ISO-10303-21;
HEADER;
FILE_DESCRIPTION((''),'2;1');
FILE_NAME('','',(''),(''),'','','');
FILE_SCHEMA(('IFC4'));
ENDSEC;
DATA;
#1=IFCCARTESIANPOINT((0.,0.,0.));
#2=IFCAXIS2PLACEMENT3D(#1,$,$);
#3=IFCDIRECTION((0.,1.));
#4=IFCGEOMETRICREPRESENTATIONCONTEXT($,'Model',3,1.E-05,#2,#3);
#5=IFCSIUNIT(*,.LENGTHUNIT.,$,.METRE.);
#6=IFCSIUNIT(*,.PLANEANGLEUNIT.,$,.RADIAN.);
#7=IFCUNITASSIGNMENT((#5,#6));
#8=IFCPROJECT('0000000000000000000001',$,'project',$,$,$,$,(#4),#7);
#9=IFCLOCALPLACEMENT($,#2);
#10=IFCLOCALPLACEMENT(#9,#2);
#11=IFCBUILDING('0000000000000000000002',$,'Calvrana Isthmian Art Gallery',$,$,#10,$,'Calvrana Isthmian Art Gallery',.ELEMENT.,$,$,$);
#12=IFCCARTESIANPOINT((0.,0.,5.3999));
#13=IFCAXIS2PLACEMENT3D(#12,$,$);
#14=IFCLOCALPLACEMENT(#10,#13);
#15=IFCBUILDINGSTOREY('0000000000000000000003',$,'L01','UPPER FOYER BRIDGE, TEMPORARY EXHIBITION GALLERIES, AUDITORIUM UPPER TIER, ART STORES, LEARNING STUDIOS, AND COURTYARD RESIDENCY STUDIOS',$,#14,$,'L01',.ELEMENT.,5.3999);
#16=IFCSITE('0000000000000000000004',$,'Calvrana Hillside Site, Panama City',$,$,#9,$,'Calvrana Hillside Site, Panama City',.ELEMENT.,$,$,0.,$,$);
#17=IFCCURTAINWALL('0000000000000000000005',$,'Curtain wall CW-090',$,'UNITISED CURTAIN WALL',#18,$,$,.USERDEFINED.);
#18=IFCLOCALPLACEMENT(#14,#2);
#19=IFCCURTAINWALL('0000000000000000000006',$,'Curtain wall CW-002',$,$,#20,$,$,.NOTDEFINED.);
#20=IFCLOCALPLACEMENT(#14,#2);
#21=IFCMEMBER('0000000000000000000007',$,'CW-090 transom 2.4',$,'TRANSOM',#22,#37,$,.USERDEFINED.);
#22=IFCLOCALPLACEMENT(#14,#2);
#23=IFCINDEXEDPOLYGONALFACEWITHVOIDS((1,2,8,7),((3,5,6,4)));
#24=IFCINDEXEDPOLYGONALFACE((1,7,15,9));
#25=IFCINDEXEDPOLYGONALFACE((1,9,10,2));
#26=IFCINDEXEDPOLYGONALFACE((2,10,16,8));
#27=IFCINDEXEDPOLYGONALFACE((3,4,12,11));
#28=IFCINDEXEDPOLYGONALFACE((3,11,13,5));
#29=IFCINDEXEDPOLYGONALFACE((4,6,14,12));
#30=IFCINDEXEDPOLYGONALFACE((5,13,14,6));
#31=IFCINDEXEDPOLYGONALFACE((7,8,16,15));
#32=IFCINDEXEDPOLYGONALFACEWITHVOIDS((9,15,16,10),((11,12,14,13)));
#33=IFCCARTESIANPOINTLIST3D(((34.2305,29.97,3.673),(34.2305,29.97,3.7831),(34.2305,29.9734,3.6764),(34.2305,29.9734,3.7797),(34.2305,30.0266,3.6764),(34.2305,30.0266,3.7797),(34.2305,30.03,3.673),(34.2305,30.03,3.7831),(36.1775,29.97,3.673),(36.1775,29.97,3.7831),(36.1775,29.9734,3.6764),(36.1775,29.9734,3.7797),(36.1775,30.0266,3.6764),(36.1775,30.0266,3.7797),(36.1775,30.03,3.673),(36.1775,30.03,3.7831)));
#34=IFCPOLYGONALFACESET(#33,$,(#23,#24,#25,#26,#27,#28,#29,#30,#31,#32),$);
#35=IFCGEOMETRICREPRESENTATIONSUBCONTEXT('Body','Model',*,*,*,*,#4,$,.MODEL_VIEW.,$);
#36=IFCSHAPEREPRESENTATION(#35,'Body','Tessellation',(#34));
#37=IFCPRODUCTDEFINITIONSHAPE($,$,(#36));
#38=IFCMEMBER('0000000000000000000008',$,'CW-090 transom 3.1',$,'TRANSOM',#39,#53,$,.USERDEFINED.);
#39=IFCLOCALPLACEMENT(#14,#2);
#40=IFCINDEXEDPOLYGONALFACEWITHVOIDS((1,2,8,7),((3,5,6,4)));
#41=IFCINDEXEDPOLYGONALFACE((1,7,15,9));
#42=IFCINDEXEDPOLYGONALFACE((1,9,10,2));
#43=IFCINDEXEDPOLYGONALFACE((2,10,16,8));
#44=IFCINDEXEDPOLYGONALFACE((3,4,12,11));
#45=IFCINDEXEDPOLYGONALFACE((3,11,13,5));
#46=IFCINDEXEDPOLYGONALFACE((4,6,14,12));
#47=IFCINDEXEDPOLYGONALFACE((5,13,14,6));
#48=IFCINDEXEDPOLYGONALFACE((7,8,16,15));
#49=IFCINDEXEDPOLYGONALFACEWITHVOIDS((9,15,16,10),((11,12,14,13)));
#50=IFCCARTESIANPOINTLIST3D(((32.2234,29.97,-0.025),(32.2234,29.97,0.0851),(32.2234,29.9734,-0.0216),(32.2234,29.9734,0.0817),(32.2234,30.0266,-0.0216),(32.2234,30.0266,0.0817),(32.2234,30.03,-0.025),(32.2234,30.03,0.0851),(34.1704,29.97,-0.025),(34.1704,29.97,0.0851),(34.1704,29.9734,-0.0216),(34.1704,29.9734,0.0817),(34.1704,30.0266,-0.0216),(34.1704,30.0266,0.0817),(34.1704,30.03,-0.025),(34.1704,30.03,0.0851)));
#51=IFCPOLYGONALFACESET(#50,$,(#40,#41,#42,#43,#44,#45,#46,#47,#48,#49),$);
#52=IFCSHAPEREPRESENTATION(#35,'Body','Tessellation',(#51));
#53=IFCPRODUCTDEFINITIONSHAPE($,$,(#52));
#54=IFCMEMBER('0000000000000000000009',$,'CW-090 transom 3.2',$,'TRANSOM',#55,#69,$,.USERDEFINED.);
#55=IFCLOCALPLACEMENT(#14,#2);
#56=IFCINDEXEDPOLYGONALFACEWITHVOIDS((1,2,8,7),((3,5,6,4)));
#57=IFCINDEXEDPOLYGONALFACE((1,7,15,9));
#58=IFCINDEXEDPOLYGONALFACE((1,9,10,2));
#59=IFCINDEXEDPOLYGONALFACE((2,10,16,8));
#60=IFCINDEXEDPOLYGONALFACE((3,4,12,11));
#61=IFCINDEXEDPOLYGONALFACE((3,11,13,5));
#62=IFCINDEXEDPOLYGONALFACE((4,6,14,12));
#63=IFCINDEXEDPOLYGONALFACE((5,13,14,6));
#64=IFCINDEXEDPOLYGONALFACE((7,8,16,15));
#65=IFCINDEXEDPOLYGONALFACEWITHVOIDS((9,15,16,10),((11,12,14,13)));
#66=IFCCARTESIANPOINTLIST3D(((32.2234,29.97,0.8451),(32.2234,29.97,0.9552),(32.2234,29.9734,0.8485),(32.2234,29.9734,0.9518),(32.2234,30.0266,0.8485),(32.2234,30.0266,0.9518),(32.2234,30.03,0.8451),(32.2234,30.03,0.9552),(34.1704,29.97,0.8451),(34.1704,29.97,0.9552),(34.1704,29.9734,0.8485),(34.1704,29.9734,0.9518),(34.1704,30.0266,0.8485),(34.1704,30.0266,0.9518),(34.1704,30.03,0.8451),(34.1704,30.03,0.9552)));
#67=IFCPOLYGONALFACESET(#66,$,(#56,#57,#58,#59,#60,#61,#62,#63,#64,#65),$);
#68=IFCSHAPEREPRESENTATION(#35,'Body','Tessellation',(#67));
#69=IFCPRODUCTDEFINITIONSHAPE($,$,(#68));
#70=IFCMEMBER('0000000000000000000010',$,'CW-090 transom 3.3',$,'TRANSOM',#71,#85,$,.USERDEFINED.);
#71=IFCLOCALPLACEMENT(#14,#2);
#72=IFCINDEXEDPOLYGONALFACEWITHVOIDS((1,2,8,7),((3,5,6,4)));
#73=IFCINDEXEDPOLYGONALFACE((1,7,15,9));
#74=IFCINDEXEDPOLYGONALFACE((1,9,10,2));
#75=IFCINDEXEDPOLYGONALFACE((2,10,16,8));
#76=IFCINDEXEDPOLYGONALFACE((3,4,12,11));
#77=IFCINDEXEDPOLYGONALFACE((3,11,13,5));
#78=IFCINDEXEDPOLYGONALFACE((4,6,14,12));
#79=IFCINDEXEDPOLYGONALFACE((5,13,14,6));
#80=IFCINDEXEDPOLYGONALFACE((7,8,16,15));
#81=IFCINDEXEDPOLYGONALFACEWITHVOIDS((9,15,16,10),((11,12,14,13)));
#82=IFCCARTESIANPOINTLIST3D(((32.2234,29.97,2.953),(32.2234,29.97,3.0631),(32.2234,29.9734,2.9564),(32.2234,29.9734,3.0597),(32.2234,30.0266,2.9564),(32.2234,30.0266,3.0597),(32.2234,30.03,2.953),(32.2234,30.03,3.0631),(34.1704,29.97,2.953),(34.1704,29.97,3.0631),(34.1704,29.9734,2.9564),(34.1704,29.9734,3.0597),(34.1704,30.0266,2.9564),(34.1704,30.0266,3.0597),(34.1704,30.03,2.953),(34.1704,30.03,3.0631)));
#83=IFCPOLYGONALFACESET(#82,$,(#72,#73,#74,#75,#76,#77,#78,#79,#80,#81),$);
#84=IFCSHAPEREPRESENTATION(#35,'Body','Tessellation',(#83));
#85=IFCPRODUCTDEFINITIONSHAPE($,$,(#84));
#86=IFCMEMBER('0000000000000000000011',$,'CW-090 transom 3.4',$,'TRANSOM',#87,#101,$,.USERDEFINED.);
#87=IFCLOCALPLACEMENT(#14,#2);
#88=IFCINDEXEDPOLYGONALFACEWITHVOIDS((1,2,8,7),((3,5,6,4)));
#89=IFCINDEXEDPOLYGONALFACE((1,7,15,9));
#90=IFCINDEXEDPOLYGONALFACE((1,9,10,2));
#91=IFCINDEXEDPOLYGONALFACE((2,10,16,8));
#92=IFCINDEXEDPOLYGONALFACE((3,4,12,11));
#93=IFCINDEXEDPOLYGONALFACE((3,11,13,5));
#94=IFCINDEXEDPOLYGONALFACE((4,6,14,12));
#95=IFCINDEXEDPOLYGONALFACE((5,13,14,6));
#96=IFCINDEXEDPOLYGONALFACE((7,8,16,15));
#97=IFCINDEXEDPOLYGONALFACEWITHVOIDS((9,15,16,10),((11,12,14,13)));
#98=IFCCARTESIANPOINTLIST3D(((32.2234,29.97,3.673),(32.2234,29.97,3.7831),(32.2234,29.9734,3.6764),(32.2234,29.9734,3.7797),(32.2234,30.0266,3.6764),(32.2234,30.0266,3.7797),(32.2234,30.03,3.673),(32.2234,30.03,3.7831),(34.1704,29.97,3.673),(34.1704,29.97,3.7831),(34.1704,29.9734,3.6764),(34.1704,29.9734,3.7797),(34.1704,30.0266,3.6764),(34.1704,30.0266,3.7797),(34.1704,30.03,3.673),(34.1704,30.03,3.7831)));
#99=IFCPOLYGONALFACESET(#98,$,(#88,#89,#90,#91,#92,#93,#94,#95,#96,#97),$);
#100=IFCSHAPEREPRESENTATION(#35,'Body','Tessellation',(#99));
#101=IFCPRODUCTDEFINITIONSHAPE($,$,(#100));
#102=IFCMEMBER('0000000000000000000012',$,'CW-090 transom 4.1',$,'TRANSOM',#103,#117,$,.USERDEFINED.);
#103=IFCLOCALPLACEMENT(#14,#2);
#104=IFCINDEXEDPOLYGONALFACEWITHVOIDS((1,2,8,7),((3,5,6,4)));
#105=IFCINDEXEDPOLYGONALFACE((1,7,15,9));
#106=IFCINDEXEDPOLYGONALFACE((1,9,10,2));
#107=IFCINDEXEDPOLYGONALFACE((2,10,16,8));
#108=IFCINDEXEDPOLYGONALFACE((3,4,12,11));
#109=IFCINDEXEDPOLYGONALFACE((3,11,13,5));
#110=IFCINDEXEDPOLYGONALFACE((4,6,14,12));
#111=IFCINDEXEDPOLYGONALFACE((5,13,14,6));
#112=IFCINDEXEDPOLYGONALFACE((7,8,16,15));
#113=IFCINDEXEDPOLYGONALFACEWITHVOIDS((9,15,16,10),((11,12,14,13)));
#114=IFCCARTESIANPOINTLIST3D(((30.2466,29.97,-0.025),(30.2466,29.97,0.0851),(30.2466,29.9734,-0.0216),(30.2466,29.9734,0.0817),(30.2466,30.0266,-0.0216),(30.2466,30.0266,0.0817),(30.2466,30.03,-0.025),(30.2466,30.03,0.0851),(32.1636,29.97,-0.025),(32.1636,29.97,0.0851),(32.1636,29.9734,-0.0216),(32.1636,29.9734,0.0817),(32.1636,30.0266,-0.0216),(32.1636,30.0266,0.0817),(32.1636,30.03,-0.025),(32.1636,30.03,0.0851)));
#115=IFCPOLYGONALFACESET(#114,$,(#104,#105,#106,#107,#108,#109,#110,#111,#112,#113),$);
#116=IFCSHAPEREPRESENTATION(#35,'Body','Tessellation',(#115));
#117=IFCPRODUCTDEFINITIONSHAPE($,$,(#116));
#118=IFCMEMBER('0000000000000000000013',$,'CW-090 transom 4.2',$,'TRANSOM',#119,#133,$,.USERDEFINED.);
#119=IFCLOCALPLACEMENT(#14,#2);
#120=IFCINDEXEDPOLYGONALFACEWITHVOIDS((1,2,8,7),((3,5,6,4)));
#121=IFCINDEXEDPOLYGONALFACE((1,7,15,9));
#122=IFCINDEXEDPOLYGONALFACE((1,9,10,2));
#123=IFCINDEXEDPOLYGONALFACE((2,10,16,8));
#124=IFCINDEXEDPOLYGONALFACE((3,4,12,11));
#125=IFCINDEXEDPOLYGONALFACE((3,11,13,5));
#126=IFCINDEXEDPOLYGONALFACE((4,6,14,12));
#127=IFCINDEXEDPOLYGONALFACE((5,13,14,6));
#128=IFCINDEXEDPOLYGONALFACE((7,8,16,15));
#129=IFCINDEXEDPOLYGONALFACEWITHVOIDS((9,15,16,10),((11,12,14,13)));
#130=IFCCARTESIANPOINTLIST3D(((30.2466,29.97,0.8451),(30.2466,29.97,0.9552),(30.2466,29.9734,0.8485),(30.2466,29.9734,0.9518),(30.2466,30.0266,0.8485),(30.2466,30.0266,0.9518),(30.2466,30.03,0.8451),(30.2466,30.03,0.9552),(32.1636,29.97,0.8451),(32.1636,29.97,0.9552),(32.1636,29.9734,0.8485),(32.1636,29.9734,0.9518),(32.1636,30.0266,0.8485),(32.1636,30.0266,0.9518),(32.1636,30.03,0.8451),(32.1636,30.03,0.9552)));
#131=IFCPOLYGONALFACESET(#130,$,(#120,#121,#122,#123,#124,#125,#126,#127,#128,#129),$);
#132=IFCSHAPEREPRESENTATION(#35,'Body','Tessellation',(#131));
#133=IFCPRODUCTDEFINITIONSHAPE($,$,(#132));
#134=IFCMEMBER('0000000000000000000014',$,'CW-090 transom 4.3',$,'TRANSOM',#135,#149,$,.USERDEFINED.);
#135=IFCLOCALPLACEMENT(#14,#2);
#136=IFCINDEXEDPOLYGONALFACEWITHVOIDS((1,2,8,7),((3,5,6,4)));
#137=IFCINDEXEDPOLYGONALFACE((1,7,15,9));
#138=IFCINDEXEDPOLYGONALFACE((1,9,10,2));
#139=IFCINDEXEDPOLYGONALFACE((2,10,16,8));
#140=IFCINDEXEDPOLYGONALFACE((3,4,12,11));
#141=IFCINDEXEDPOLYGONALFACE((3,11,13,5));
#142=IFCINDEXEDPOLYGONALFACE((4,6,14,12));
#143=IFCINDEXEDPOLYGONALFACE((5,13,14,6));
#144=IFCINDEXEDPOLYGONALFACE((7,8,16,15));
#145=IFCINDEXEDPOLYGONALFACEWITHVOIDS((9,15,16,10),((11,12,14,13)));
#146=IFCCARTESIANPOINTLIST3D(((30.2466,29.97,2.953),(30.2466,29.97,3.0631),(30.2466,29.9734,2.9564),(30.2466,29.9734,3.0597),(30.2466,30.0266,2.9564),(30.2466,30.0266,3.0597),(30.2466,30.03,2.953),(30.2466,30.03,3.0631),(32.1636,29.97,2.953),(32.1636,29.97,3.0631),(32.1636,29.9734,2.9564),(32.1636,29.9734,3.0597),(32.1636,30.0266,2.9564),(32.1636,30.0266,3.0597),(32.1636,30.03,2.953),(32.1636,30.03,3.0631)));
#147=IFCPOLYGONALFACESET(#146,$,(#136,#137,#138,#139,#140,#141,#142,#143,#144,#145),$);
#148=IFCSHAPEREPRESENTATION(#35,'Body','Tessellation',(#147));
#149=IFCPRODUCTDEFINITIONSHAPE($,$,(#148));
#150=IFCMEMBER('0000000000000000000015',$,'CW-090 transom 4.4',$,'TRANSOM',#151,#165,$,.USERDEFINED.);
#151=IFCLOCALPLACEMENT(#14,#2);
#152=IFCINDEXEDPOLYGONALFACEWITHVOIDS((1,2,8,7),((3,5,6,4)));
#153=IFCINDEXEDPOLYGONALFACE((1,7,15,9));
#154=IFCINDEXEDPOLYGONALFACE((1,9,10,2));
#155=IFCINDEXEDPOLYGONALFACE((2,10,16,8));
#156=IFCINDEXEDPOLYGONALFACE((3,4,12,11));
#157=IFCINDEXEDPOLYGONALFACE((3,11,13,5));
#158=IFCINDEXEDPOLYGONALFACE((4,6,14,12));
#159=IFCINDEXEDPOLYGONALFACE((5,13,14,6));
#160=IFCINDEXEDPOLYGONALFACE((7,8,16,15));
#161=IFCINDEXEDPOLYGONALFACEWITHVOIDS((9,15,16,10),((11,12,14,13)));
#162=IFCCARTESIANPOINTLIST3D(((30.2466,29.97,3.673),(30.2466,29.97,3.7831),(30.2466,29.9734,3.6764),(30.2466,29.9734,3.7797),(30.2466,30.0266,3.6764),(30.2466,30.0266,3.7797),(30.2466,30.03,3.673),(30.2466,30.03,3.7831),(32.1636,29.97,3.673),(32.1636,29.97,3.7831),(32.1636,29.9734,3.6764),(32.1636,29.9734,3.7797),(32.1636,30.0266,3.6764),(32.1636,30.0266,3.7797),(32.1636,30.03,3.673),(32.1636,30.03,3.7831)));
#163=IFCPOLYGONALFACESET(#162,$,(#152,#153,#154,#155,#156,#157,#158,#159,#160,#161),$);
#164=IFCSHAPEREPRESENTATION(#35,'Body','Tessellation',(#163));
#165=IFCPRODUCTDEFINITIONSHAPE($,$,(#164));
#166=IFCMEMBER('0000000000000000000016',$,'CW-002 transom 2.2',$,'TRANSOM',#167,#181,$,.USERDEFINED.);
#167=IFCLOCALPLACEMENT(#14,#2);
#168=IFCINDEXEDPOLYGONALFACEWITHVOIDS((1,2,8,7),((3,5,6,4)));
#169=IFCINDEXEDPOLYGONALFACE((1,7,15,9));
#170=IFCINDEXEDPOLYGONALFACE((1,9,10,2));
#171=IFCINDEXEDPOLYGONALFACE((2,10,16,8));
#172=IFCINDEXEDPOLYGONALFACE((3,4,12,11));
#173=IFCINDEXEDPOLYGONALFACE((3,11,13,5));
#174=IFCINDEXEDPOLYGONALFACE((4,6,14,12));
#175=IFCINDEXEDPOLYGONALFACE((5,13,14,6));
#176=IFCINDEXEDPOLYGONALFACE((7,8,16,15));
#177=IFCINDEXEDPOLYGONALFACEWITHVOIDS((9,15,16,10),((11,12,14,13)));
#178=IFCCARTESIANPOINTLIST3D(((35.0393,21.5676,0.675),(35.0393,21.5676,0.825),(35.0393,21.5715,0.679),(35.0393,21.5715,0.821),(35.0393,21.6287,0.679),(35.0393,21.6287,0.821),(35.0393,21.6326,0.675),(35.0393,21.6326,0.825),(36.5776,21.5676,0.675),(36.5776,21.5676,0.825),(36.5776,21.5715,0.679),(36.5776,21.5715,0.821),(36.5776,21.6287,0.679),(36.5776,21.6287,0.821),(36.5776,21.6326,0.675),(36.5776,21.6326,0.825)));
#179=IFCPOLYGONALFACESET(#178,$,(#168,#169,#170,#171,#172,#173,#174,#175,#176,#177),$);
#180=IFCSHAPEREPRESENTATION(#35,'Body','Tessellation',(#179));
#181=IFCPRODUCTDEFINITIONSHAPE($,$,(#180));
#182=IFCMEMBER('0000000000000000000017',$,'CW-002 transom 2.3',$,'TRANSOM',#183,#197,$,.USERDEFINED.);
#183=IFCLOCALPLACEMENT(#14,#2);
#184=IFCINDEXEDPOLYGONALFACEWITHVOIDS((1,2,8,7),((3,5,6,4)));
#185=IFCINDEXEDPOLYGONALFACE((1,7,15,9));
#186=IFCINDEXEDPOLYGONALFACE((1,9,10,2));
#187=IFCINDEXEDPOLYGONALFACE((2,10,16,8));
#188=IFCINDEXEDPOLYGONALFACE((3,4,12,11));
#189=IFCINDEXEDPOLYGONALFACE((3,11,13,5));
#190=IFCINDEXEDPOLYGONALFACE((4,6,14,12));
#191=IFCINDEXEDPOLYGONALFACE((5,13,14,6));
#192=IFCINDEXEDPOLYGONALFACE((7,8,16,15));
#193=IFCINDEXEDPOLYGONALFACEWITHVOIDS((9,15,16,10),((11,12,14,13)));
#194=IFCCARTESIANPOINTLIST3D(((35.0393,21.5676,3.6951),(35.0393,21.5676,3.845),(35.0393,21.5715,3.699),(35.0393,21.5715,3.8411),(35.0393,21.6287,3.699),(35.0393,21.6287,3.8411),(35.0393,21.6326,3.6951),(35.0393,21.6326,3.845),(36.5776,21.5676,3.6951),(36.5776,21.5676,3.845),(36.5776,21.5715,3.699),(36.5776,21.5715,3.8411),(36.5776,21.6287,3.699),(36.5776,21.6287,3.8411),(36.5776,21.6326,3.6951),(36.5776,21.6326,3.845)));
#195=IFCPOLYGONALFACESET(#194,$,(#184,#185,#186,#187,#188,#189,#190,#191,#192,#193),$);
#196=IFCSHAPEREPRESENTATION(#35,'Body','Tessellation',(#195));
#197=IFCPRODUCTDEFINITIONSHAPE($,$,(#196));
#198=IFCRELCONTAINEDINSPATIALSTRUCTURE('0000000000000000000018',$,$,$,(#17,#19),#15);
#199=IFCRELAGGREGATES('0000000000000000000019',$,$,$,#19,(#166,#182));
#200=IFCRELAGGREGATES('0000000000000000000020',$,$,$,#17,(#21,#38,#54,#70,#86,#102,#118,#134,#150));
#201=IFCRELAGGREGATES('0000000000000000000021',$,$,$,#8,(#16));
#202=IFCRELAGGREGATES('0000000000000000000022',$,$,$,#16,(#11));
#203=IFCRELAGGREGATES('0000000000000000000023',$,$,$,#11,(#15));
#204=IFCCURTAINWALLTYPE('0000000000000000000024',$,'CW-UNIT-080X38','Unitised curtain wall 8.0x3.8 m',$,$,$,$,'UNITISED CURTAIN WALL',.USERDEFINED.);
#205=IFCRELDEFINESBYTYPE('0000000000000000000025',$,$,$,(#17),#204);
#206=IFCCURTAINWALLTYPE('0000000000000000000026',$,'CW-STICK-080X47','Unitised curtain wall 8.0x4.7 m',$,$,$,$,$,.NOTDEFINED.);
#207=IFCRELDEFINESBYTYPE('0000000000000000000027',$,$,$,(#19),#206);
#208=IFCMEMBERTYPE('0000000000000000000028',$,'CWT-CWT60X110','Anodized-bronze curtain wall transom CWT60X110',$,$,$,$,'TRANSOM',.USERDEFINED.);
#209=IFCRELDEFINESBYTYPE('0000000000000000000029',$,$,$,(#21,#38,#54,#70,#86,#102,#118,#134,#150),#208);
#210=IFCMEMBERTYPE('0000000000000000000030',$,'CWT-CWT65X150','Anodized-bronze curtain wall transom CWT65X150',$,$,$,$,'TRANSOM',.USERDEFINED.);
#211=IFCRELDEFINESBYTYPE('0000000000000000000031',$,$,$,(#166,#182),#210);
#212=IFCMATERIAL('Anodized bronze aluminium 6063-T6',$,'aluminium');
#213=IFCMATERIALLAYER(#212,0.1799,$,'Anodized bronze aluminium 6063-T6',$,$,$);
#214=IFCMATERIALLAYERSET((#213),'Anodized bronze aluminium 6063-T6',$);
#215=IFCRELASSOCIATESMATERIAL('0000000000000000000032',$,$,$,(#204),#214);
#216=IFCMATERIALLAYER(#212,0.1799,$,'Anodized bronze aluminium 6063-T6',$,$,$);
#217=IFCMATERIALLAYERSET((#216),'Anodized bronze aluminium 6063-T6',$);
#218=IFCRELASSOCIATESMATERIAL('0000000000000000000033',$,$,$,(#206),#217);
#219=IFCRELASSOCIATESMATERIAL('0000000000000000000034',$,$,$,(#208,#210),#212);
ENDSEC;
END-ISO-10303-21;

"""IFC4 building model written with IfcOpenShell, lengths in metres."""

from ifc_helpers import new_model, si_unit, direction, frame, origin, origin_2d, place, context, subcontext, project, spatial, hollow_rectangle, extrude, material, layer, layer_set, material_profile, profile_set, type_object, element, aggregate, save


model = new_model("IFC4")

# Units and contexts
model_context = context("Model", 3, precision=1e-05, world=origin(), true_north=direction((0.0, 1.0)))
body_context = subcontext(model_context, "Body", "Model", "MODEL_VIEW")
ifc_project = project(units=[si_unit("LENGTHUNIT", "METRE"), si_unit("PLANEANGLEUNIT", "RADIAN")], contexts=[model_context])

# Site, building, storey
site_placement = place(None, origin())
site = spatial("IfcSite", under=ifc_project, at=site_placement, Name="Calvrana Hillside Site, Panama City", LongName="Calvrana Hillside Site, Panama City", CompositionType="ELEMENT", RefElevation=0.0)
building_placement = place(site_placement, origin())
building = spatial("IfcBuilding", under=site, at=building_placement, Name="Calvrana Isthmian Art Gallery", LongName="Calvrana Isthmian Art Gallery", CompositionType="ELEMENT")
storey_placement = place(building_placement, frame((0.0, 0.0, 5.3999)))
storey = spatial("IfcBuildingStorey", under=building, at=storey_placement, Name="L01", Description="UPPER FOYER BRIDGE, TEMPORARY EXHIBITION GALLERIES, AUDITORIUM UPPER TIER, ART STORES, LEARNING STUDIOS, AND COURTYARD RESIDENCY STUDIOS", LongName="L01", CompositionType="ELEMENT", Elevation=5.3999)

# Curtain wall
ifc_material_1 = material(Name="Anodized bronze aluminium 6063-T6", Category="aluminium")
ifc_layer_1 = layer(ifc_material_1, 0.1799, Name="Anodized bronze aluminium 6063-T6")
ifc_layer_set_1 = layer_set([ifc_layer_1], Name="Anodized bronze aluminium 6063-T6")
curtain_wall_type_1 = type_object("IfcCurtainWallType", Name="CW-UNIT-080X38", Description="Unitised curtain wall 8.0x3.8 m", ElementType="UNITISED CURTAIN WALL", PredefinedType="USERDEFINED", material=ifc_layer_set_1)
curtain_wall_1_placement = place(storey_placement, origin())
curtain_wall_1 = element("IfcCurtainWall", 1, at=curtain_wall_1_placement, inside=storey, type_object=curtain_wall_type_1, Name="Curtain wall CW-090", ObjectType="UNITISED CURTAIN WALL", PredefinedType="USERDEFINED")

# Curtain wall
ifc_layer_2 = layer(ifc_material_1, 0.1799, Name="Anodized bronze aluminium 6063-T6")
ifc_layer_set_2 = layer_set([ifc_layer_2], Name="Anodized bronze aluminium 6063-T6")
curtain_wall_type_2 = type_object("IfcCurtainWallType", Name="CW-STICK-080X47", Description="Unitised curtain wall 8.0x4.7 m", PredefinedType="NOTDEFINED", material=ifc_layer_set_2)
curtain_wall_2_placement = place(storey_placement, origin())
curtain_wall_2 = element("IfcCurtainWall", 2, at=curtain_wall_2_placement, inside=storey, type_object=curtain_wall_type_2, Name="Curtain wall CW-002", PredefinedType="NOTDEFINED")

# Members
ifc_material_profile_1 = material_profile(ifc_material_1, hollow_rectangle(XDim=0.0601, YDim=0.1101, WallThickness=0.0034, at=origin_2d()), Name="CWT60X110")
ifc_profile_set_1 = profile_set([ifc_material_profile_1], Name="Anodized bronze aluminium 6063-T6")
member_type_1 = type_object("IfcMemberType", Name="CWT-CWT60X110", Description="Anodized-bronze curtain wall transom CWT60X110", ElementType="TRANSOM", PredefinedType="USERDEFINED", material=ifc_profile_set_1)
member_1_placement = place(storey_placement, frame((36.1775, 30.0, 3.728), z_axis=(-1.0, 0.0, 0.0), x_axis=(0.0, -1.0, 0.0)))
member_1 = element("IfcMember", 3, at=member_1_placement, type_object=member_type_1, Name="CW-090 transom 2.4", ObjectType="TRANSOM", PredefinedType="USERDEFINED", context=body_context, shape_type="SweptSolid", body=[
    extrude(hollow_rectangle(XDim=0.0601, YDim=0.1101, WallThickness=0.0034, at=origin_2d()), origin(), (0.0, 0.0, 1.0), 1.947),
])
member_2_placement = place(storey_placement, frame((34.1704, 30.0, 0.03), z_axis=(-1.0, 0.0, 0.0), x_axis=(0.0, -1.0, 0.0)))
member_2 = element("IfcMember", 4, at=member_2_placement, type_object=member_type_1, Name="CW-090 transom 3.1", ObjectType="TRANSOM", PredefinedType="USERDEFINED", context=body_context, shape_type="SweptSolid", body=[
    extrude(hollow_rectangle(XDim=0.0601, YDim=0.1101, WallThickness=0.0034, at=origin_2d()), origin(), (0.0, 0.0, 1.0), 1.947),
])
member_3_placement = place(storey_placement, frame((34.1704, 30.0, 0.9001), z_axis=(-1.0, 0.0, 0.0), x_axis=(0.0, -1.0, 0.0)))
member_3 = element("IfcMember", 5, at=member_3_placement, type_object=member_type_1, Name="CW-090 transom 3.2", ObjectType="TRANSOM", PredefinedType="USERDEFINED", context=body_context, shape_type="SweptSolid", body=[
    extrude(hollow_rectangle(XDim=0.0601, YDim=0.1101, WallThickness=0.0034, at=origin_2d()), origin(), (0.0, 0.0, 1.0), 1.947),
])
member_4_placement = place(storey_placement, frame((34.1704, 30.0, 3.0081), z_axis=(-1.0, 0.0, 0.0), x_axis=(0.0, -1.0, 0.0)))
member_4 = element("IfcMember", 6, at=member_4_placement, type_object=member_type_1, Name="CW-090 transom 3.3", ObjectType="TRANSOM", PredefinedType="USERDEFINED", context=body_context, shape_type="SweptSolid", body=[
    extrude(hollow_rectangle(XDim=0.0601, YDim=0.1101, WallThickness=0.0034, at=origin_2d()), origin(), (0.0, 0.0, 1.0), 1.947),
])
member_5_placement = place(storey_placement, frame((34.1704, 30.0, 3.728), z_axis=(-1.0, 0.0, 0.0), x_axis=(0.0, -1.0, 0.0)))
member_5 = element("IfcMember", 7, at=member_5_placement, type_object=member_type_1, Name="CW-090 transom 3.4", ObjectType="TRANSOM", PredefinedType="USERDEFINED", context=body_context, shape_type="SweptSolid", body=[
    extrude(hollow_rectangle(XDim=0.0601, YDim=0.1101, WallThickness=0.0034, at=origin_2d()), origin(), (0.0, 0.0, 1.0), 1.947),
])
member_6_placement = place(storey_placement, frame((32.1636, 30.0, 0.03), z_axis=(-1.0, 0.0, 0.0), x_axis=(0.0, -1.0, 0.0)))
member_6 = element("IfcMember", 8, at=member_6_placement, type_object=member_type_1, Name="CW-090 transom 4.1", ObjectType="TRANSOM", PredefinedType="USERDEFINED", context=body_context, shape_type="SweptSolid", body=[
    extrude(hollow_rectangle(XDim=0.0601, YDim=0.1101, WallThickness=0.0034, at=origin_2d()), origin(), (0.0, 0.0, 1.0), 1.917),
])
member_7_placement = place(storey_placement, frame((32.1636, 30.0, 0.9001), z_axis=(-1.0, 0.0, 0.0), x_axis=(0.0, -1.0, 0.0)))
member_7 = element("IfcMember", 9, at=member_7_placement, type_object=member_type_1, Name="CW-090 transom 4.2", ObjectType="TRANSOM", PredefinedType="USERDEFINED", context=body_context, shape_type="SweptSolid", body=[
    extrude(hollow_rectangle(XDim=0.0601, YDim=0.1101, WallThickness=0.0034, at=origin_2d()), origin(), (0.0, 0.0, 1.0), 1.917),
])
member_8_placement = place(storey_placement, frame((32.1636, 30.0, 3.0081), z_axis=(-1.0, 0.0, 0.0), x_axis=(0.0, -1.0, 0.0)))
member_8 = element("IfcMember", 10, at=member_8_placement, type_object=member_type_1, Name="CW-090 transom 4.3", ObjectType="TRANSOM", PredefinedType="USERDEFINED", context=body_context, shape_type="SweptSolid", body=[
    extrude(hollow_rectangle(XDim=0.0601, YDim=0.1101, WallThickness=0.0034, at=origin_2d()), origin(), (0.0, 0.0, 1.0), 1.917),
])
member_9_placement = place(storey_placement, frame((32.1636, 30.0, 3.728), z_axis=(-1.0, 0.0, 0.0), x_axis=(0.0, -1.0, 0.0)))
member_9 = element("IfcMember", 11, at=member_9_placement, type_object=member_type_1, Name="CW-090 transom 4.4", ObjectType="TRANSOM", PredefinedType="USERDEFINED", context=body_context, shape_type="SweptSolid", body=[
    extrude(hollow_rectangle(XDim=0.0601, YDim=0.1101, WallThickness=0.0034, at=origin_2d()), origin(), (0.0, 0.0, 1.0), 1.917),
])
ifc_material_profile_2 = material_profile(ifc_material_1, hollow_rectangle(XDim=0.0649, YDim=0.1499, WallThickness=0.0039, at=origin_2d()), Name="CWT65X150")
ifc_profile_set_2 = profile_set([ifc_material_profile_2], Name="Anodized bronze aluminium 6063-T6")
member_type_2 = type_object("IfcMemberType", Name="CWT-CWT65X150", Description="Anodized-bronze curtain wall transom CWT65X150", ElementType="TRANSOM", PredefinedType="USERDEFINED", material=ifc_profile_set_2)
member_10_placement = place(storey_placement, frame((36.5776, 21.6001, 0.75), z_axis=(-1.0, 0.0, 0.0), x_axis=(0.0, -1.0, 0.0)))
member_10 = element("IfcMember", 12, at=member_10_placement, type_object=member_type_2, Name="CW-002 transom 2.2", ObjectType="TRANSOM", PredefinedType="USERDEFINED", context=body_context, shape_type="SweptSolid", body=[
    extrude(hollow_rectangle(XDim=0.0649, YDim=0.1499, WallThickness=0.0039, at=origin_2d()), origin(), (0.0, 0.0, 1.0), 1.5383),
])
member_11_placement = place(storey_placement, frame((36.5776, 21.6001, 3.77), z_axis=(-1.0, 0.0, 0.0), x_axis=(0.0, -1.0, 0.0)))
member_11 = element("IfcMember", 13, at=member_11_placement, type_object=member_type_2, Name="CW-002 transom 2.3", ObjectType="TRANSOM", PredefinedType="USERDEFINED", context=body_context, shape_type="SweptSolid", body=[
    extrude(hollow_rectangle(XDim=0.0649, YDim=0.1499, WallThickness=0.0039, at=origin_2d()), origin(), (0.0, 0.0, 1.0), 1.5383),
])
aggregate(curtain_wall_2, [member_10, member_11])

aggregate(curtain_wall_1, [member_1, member_2, member_3, member_4, member_5, member_6, member_7, member_8, member_9])

save(model, "model.ifc")
